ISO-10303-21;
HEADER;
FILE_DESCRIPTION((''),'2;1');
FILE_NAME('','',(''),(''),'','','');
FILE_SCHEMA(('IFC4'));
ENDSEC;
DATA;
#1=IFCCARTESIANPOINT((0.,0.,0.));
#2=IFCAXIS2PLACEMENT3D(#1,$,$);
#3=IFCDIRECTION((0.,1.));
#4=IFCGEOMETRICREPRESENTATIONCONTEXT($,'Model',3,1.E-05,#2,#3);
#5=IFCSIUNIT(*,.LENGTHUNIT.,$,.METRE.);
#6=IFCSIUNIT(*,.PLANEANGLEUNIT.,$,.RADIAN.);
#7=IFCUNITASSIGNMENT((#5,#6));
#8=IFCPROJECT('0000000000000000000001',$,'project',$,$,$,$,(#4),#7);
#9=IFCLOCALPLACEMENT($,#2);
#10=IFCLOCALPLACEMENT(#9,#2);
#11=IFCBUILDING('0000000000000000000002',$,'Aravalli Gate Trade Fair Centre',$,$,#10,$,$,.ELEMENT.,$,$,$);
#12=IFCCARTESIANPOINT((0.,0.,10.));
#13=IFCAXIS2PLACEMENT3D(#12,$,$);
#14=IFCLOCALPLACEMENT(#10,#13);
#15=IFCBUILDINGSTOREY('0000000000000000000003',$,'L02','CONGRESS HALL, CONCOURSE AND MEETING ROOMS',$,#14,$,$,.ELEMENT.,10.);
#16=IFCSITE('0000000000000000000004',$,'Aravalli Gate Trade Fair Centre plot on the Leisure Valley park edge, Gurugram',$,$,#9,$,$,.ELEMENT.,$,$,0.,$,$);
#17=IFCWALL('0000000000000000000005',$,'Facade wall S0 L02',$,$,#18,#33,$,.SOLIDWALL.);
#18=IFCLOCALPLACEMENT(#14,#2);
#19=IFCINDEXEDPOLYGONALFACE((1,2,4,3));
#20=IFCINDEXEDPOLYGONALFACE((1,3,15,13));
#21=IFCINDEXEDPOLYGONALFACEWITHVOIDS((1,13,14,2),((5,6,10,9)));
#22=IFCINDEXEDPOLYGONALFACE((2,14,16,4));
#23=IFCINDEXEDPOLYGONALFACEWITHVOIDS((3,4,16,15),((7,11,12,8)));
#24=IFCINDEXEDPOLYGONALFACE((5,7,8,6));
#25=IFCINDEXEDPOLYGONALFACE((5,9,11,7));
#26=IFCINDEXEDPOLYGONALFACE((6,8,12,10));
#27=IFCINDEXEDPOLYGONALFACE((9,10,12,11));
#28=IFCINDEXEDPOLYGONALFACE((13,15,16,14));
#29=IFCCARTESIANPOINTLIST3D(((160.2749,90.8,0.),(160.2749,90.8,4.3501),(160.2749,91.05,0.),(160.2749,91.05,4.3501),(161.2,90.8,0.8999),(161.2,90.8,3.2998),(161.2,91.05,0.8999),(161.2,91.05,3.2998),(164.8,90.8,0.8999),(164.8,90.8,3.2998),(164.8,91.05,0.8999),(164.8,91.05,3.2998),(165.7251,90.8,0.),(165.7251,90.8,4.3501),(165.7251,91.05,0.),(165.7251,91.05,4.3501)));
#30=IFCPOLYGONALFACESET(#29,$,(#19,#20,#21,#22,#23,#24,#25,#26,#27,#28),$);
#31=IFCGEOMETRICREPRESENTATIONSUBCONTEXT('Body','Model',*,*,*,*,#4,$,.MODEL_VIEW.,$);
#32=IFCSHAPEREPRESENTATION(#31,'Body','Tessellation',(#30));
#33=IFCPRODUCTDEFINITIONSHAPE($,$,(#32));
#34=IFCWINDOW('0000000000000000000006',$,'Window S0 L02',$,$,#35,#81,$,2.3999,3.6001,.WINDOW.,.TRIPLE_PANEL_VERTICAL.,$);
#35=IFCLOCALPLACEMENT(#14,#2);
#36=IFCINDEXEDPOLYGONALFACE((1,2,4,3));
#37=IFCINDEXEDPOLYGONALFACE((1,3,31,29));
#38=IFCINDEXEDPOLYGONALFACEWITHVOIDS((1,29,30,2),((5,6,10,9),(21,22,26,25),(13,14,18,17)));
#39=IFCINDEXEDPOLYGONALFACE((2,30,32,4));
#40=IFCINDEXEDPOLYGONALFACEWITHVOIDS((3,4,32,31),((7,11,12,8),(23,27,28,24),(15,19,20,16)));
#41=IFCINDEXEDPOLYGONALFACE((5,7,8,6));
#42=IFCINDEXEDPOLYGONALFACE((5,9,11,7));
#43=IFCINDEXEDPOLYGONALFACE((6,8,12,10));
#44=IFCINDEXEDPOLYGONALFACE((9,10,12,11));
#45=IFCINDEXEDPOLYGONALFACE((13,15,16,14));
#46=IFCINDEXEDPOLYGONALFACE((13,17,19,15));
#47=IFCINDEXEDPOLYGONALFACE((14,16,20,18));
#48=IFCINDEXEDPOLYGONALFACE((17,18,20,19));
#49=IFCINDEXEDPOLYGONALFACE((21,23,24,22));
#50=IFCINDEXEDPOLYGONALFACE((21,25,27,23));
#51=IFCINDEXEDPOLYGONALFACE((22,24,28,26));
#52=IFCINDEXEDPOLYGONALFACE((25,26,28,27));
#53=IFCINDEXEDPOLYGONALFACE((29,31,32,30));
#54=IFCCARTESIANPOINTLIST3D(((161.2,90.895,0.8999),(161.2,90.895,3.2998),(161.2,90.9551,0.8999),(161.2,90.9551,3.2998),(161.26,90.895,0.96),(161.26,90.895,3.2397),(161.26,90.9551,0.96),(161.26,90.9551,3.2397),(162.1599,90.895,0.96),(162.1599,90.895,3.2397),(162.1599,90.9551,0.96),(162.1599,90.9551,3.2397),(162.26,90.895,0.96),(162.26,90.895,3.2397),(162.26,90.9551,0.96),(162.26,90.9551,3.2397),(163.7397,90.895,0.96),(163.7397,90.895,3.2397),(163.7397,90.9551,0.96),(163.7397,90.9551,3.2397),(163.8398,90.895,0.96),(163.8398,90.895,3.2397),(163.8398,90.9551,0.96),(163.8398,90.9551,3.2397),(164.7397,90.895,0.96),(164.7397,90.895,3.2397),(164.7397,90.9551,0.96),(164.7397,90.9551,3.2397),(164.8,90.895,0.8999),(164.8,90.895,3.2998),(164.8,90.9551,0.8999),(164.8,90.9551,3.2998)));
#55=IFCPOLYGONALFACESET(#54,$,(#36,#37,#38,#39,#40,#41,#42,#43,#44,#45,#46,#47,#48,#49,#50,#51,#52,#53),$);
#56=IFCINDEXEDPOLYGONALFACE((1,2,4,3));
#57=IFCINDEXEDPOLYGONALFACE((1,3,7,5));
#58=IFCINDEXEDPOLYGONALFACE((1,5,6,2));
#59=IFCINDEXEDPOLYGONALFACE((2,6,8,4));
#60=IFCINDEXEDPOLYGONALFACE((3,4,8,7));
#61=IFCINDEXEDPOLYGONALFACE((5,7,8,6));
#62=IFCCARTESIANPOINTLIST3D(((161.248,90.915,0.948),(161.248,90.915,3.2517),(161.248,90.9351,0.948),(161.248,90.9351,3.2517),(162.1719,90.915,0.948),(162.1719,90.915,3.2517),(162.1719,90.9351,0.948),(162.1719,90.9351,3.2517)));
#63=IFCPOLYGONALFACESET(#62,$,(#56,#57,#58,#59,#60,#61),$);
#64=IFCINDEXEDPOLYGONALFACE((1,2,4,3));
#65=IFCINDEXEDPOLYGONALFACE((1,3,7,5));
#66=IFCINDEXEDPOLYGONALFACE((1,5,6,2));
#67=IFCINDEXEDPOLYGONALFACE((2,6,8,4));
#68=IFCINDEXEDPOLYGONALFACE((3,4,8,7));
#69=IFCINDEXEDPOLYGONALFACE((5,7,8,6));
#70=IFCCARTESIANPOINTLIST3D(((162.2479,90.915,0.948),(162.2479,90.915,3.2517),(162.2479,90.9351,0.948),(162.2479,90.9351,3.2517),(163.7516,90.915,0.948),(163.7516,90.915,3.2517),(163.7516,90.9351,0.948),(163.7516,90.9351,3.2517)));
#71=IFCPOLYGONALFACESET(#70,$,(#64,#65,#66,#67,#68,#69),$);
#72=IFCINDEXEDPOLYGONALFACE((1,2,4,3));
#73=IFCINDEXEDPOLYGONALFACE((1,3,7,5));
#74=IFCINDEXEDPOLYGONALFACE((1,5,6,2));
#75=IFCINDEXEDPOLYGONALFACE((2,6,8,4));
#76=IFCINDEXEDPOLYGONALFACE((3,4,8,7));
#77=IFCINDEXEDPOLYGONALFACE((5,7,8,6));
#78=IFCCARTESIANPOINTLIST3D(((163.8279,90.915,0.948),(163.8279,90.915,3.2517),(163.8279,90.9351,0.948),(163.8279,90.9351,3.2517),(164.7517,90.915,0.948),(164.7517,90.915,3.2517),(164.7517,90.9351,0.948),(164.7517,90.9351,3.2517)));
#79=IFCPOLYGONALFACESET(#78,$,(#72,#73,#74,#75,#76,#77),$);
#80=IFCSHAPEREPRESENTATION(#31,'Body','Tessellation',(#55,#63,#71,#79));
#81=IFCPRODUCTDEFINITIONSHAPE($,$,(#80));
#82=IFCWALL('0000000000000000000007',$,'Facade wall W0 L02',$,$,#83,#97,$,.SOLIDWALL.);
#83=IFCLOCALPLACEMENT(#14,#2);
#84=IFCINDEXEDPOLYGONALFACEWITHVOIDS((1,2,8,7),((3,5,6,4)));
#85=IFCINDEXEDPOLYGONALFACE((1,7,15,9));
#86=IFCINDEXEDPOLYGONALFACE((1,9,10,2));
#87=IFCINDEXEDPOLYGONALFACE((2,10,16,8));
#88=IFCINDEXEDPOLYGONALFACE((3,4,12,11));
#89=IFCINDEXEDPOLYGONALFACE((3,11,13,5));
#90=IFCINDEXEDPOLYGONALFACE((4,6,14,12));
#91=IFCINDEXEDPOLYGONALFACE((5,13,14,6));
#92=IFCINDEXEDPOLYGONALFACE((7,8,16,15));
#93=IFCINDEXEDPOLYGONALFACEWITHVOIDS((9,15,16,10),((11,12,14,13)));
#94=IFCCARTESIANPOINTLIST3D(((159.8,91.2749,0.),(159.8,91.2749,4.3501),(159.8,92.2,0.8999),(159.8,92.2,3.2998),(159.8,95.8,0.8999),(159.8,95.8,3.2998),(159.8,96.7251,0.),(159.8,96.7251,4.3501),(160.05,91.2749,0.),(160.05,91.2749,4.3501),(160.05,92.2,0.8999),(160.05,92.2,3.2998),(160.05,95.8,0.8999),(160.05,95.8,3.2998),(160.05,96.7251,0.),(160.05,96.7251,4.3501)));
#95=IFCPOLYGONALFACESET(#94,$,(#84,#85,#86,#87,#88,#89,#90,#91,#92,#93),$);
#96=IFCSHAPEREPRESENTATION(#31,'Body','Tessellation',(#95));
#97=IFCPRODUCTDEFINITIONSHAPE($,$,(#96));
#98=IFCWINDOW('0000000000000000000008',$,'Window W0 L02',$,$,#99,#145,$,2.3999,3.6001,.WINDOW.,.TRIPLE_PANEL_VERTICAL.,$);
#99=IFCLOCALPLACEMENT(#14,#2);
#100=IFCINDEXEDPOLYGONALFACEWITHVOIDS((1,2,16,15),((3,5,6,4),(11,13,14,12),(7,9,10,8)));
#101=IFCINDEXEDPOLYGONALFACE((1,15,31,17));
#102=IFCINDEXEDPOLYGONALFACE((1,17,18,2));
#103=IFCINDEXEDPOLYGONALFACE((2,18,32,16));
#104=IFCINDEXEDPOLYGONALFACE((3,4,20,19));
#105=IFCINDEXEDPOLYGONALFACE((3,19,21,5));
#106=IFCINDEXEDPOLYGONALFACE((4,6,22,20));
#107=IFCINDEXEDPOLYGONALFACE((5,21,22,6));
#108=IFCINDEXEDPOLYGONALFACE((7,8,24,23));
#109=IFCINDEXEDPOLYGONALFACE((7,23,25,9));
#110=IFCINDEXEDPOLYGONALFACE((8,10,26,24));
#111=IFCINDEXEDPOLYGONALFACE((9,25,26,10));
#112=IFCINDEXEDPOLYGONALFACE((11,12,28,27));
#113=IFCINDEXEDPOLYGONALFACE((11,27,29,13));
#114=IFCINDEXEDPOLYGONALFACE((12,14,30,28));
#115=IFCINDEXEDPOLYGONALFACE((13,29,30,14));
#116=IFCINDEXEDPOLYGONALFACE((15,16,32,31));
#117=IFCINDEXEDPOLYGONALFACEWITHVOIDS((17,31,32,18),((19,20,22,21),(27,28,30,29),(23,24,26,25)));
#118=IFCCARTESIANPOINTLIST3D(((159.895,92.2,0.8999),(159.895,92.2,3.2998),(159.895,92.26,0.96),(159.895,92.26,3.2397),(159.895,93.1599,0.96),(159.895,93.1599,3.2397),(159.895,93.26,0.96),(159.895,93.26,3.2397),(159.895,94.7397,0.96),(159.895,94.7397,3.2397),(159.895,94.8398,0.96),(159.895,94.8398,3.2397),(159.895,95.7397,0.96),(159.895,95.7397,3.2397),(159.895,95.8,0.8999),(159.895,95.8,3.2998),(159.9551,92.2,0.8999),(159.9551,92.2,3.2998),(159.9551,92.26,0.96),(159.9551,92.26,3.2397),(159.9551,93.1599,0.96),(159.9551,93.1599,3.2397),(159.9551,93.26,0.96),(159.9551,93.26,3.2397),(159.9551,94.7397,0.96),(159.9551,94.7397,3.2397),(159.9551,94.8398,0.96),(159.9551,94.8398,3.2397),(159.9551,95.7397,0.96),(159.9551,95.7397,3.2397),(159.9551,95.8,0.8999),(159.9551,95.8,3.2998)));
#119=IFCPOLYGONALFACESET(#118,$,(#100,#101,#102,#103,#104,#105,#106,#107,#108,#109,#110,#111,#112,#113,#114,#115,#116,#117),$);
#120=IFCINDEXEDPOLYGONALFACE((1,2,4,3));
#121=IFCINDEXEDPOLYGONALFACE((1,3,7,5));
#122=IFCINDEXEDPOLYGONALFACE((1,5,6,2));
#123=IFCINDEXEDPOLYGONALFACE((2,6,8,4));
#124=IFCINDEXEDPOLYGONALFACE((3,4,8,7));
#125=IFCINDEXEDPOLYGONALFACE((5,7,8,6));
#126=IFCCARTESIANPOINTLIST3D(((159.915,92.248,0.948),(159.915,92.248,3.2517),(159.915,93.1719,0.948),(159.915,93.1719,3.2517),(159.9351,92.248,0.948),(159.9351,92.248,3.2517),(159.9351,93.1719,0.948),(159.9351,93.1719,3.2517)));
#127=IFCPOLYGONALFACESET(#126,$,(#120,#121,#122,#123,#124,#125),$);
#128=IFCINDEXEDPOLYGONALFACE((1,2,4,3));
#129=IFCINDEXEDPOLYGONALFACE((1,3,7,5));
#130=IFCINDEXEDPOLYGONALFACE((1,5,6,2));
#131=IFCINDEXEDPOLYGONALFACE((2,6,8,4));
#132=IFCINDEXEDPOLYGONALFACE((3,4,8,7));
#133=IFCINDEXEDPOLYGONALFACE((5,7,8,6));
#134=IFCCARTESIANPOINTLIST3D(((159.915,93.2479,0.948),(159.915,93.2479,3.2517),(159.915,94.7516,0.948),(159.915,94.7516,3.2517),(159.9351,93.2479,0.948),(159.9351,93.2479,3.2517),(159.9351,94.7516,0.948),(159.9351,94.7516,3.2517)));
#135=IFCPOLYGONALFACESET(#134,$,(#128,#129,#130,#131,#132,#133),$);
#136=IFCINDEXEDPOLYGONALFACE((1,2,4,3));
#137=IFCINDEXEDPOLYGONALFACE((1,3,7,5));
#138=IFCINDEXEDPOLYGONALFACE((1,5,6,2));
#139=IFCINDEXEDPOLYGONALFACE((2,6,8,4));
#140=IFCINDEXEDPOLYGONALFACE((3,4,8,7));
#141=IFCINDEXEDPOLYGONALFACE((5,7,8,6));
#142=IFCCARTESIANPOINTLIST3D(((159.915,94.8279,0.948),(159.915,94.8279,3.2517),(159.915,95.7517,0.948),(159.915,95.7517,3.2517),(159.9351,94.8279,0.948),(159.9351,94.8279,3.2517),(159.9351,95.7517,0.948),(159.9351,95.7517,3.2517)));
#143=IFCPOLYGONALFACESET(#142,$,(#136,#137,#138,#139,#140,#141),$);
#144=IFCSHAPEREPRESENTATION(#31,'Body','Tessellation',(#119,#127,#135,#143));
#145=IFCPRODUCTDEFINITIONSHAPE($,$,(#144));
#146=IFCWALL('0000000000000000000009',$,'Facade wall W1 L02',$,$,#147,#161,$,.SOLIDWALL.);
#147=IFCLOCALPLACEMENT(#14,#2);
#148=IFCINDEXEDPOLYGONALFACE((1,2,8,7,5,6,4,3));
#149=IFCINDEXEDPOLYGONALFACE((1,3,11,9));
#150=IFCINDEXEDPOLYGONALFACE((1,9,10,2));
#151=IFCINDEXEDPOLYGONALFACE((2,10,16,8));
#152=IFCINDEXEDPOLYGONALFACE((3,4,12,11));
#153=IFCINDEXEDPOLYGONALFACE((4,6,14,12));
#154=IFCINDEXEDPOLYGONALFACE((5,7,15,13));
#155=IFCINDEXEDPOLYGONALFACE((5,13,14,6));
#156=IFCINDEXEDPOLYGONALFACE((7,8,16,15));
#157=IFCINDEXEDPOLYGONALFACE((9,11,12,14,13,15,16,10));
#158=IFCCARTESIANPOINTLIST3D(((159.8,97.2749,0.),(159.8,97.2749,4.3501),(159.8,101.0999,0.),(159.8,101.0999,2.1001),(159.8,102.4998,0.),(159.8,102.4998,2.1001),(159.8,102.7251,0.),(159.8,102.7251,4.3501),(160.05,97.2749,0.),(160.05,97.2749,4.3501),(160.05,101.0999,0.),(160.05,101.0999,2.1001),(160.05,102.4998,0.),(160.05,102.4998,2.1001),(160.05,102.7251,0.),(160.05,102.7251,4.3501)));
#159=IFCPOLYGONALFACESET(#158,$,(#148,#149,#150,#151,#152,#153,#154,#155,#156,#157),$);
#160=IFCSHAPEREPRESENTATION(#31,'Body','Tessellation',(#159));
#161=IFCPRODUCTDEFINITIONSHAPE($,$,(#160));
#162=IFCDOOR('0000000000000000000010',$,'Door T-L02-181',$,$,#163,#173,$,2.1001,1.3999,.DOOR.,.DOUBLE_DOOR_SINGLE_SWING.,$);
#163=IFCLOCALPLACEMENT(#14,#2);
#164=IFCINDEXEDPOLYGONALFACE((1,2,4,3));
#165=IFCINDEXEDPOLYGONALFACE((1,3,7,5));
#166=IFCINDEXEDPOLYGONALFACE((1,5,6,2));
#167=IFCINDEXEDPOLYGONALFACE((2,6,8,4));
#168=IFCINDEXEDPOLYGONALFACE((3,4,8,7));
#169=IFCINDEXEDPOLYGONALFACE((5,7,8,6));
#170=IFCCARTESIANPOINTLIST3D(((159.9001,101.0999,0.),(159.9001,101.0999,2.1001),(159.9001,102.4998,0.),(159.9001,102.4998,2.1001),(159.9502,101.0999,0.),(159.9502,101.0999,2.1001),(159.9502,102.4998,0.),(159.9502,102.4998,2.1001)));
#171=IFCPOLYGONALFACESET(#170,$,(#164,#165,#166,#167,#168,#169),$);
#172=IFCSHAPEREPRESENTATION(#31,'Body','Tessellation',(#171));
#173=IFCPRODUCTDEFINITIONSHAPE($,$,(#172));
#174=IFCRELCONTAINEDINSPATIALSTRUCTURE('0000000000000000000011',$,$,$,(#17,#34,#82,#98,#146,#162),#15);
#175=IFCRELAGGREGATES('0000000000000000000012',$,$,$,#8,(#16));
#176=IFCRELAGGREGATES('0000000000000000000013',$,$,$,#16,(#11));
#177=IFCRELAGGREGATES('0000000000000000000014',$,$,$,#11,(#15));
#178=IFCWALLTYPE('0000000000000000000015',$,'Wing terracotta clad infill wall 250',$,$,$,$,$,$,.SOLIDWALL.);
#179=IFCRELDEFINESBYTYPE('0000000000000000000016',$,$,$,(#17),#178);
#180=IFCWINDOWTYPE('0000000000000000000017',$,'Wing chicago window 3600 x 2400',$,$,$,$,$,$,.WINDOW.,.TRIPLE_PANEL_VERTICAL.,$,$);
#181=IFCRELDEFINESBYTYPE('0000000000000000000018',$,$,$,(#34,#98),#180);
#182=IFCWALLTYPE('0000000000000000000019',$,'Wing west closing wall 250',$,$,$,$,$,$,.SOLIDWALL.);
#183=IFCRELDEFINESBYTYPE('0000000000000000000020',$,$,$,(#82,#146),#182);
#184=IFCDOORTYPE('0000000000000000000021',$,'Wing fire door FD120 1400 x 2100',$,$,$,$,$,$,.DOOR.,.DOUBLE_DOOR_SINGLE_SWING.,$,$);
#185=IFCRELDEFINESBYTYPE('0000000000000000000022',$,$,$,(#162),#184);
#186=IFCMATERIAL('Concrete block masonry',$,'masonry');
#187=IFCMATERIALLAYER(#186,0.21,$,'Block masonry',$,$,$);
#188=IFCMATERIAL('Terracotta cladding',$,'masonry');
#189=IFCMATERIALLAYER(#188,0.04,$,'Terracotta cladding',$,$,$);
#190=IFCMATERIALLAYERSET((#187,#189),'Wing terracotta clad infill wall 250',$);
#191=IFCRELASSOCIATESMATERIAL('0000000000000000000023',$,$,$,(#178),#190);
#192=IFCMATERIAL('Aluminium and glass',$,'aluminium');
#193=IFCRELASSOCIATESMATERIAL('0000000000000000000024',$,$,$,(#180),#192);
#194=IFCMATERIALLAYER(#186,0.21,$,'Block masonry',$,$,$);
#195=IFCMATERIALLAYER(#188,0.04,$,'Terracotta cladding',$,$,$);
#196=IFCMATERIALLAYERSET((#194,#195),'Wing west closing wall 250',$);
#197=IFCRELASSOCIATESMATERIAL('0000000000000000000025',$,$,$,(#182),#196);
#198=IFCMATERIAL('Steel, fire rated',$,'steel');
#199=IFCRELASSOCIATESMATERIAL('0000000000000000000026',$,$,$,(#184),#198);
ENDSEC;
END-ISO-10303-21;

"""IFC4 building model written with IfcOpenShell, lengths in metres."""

from ifc_helpers import new_model, si_unit, direction, frame, frame_2d, origin, place, context, subcontext, project, spatial, polyline, rectangle, outline, extrude, material, layer, layer_set, type_object, element, fill, save


model = new_model("IFC4")

# Units and contexts
model_context = context("Model", 3, precision=1e-05, world=origin(), true_north=direction((0.0, 1.0)))
body_context = subcontext(model_context, "Body", "Model", "MODEL_VIEW")
ifc_project = project(units=[si_unit("LENGTHUNIT", "METRE"), si_unit("PLANEANGLEUNIT", "RADIAN")], contexts=[model_context])

# Site, building, storey
site_placement = place(None, origin())
site = spatial("IfcSite", under=ifc_project, at=site_placement, Name="Aravalli Gate Trade Fair Centre plot on the Leisure Valley park edge, Gurugram", CompositionType="ELEMENT", RefElevation=0.0)
building_placement = place(site_placement, origin())
building = spatial("IfcBuilding", under=site, at=building_placement, Name="Aravalli Gate Trade Fair Centre", CompositionType="ELEMENT")
storey_placement = place(building_placement, frame((0.0, 0.0, 10.0)))
storey = spatial("IfcBuildingStorey", under=building, at=storey_placement, Name="L02", Description="CONGRESS HALL, CONCOURSE AND MEETING ROOMS", CompositionType="ELEMENT", Elevation=10.0)

# Walls, openings, windows
ifc_material_1 = material(Name="Concrete block masonry", Category="masonry")
ifc_layer_1 = layer(ifc_material_1, 0.21, Name="Block masonry")
ifc_material_2 = material(Name="Terracotta cladding", Category="masonry")
ifc_layer_2 = layer(ifc_material_2, 0.04, Name="Terracotta cladding")
ifc_layer_set_1 = layer_set([ifc_layer_1, ifc_layer_2], Name="Wing terracotta clad infill wall 250")
wall_type_1 = type_object("IfcWallType", Name="Wing terracotta clad infill wall 250", PredefinedType="SOLIDWALL", material=ifc_layer_set_1)
wall_1_placement = place(storey_placement, frame((160.2749, 90.925, 0.0), z_axis=(0.0, 0.0, 1.0), x_axis=(1.0, 0.0, 0.0)))
wall_1 = element("IfcWall", 1, at=wall_1_placement, inside=storey, type_object=wall_type_1, Name="Facade wall S0 L02", PredefinedType="SOLIDWALL", context=body_context, shape_type="SweptSolid", body=[
    extrude(rectangle(XDim=5.4502, YDim=0.25, at=frame_2d((2.7251, 0.0))), origin(), (0.0, 0.0, 1.0), 4.3501),
])
opening_1_placement = place(wall_1_placement, frame((0.925, 0.0, 0.8999)))
opening_1 = element("IfcOpeningElement", 2, at=opening_1_placement, cuts=wall_1, PredefinedType="OPENING", context=body_context, shape_type="SweptSolid", body=[
    extrude(rectangle(XDim=3.6001, YDim=2.3999, at=frame_2d((1.8, 1.2))), frame((0.0, 0.135, 0.0), z_axis=(0.0, -1.0, 0.0), x_axis=(1.0, 0.0, 0.0)), (0.0, 0.0, 1.0), 0.27),
])
ifc_material_3 = material(Name="Aluminium and glass", Category="aluminium")
window_type = type_object("IfcWindowType", Name="Wing chicago window 3600 x 2400", PartitioningType="TRIPLE_PANEL_VERTICAL", PredefinedType="WINDOW", material=ifc_material_3)
window_1_placement = place(opening_1_placement, origin())
window_1 = element("IfcWindow", 3, at=window_1_placement, inside=storey, type_object=window_type, Name="Window S0 L02", OverallHeight=2.3999, OverallWidth=3.6001, PartitioningType="TRIPLE_PANEL_VERTICAL", PredefinedType="WINDOW", context=body_context, shape_type="SweptSolid", body=[
    extrude(outline(polyline([(0.0, 0.0), (3.6001, 0.0), (3.6001, 2.3999), (0.0, 2.3999), (0.0, 0.0)]), holes=[polyline([(0.0601, 0.0601), (0.96, 0.0601), (0.96, 2.3398), (0.0601, 2.3398), (0.0601, 0.0601)]), polyline([(1.0601, 0.0601), (2.5398, 0.0601), (2.5398, 2.3398), (1.0601, 2.3398), (1.0601, 0.0601)]), polyline([(2.6399, 0.0601), (3.5398, 0.0601), (3.5398, 2.3398), (2.6399, 2.3398), (2.6399, 0.0601)])]), frame((0.0, 0.03, 0.0), z_axis=(0.0, -1.0, 0.0), x_axis=(1.0, 0.0, 0.0)), (0.0, 0.0, 1.0), 0.0601),
    extrude(rectangle(XDim=0.9238, YDim=2.3037, at=frame_2d((0.51, 1.2))), frame((0.0, 0.01, 0.0), z_axis=(0.0, -1.0, 0.0), x_axis=(1.0, 0.0, 0.0)), (0.0, 0.0, 1.0), 0.02),
    extrude(rectangle(XDim=1.5037, YDim=2.3037, at=frame_2d((1.7998, 1.2))), frame((0.0, 0.01, 0.0), z_axis=(0.0, -1.0, 0.0), x_axis=(1.0, 0.0, 0.0)), (0.0, 0.0, 1.0), 0.02),
    extrude(rectangle(XDim=0.9238, YDim=2.3037, at=frame_2d((3.0898, 1.2))), frame((0.0, 0.01, 0.0), z_axis=(0.0, -1.0, 0.0), x_axis=(1.0, 0.0, 0.0)), (0.0, 0.0, 1.0), 0.02),
])
fill(opening_1, window_1)
ifc_layer_3 = layer(ifc_material_1, 0.21, Name="Block masonry")
ifc_layer_4 = layer(ifc_material_2, 0.04, Name="Terracotta cladding")
ifc_layer_set_2 = layer_set([ifc_layer_3, ifc_layer_4], Name="Wing west closing wall 250")
wall_type_2 = type_object("IfcWallType", Name="Wing west closing wall 250", PredefinedType="SOLIDWALL", material=ifc_layer_set_2)
wall_2_placement = place(storey_placement, frame((159.925, 91.2749, 0.0), z_axis=(0.0, 0.0, 1.0), x_axis=(0.0, 1.0, 0.0)))
wall_2 = element("IfcWall", 4, at=wall_2_placement, inside=storey, type_object=wall_type_2, Name="Facade wall W0 L02", PredefinedType="SOLIDWALL", context=body_context, shape_type="SweptSolid", body=[
    extrude(rectangle(XDim=5.4502, YDim=0.25, at=frame_2d((2.7251, 0.0))), origin(), (0.0, 0.0, 1.0), 4.3501),
])
opening_2_placement = place(wall_2_placement, frame((0.925, 0.0, 0.8999)))
opening_2 = element("IfcOpeningElement", 5, at=opening_2_placement, cuts=wall_2, PredefinedType="OPENING", context=body_context, shape_type="SweptSolid", body=[
    extrude(rectangle(XDim=3.6001, YDim=2.3999, at=frame_2d((1.8, 1.2))), frame((0.0, 0.135, 0.0), z_axis=(0.0, -1.0, 0.0), x_axis=(1.0, 0.0, 0.0)), (0.0, 0.0, 1.0), 0.27),
])
window_2_placement = place(opening_2_placement, origin())
window_2 = element("IfcWindow", 6, at=window_2_placement, inside=storey, type_object=window_type, Name="Window W0 L02", OverallHeight=2.3999, OverallWidth=3.6001, PartitioningType="TRIPLE_PANEL_VERTICAL", PredefinedType="WINDOW", context=body_context, shape_type="SweptSolid", body=[
    extrude(outline(polyline([(0.0, 0.0), (3.6001, 0.0), (3.6001, 2.3999), (0.0, 2.3999), (0.0, 0.0)]), holes=[polyline([(0.0601, 0.0601), (0.96, 0.0601), (0.96, 2.3398), (0.0601, 2.3398), (0.0601, 0.0601)]), polyline([(1.0601, 0.0601), (2.5398, 0.0601), (2.5398, 2.3398), (1.0601, 2.3398), (1.0601, 0.0601)]), polyline([(2.6399, 0.0601), (3.5398, 0.0601), (3.5398, 2.3398), (2.6399, 2.3398), (2.6399, 0.0601)])]), frame((0.0, 0.03, 0.0), z_axis=(0.0, -1.0, 0.0), x_axis=(1.0, 0.0, 0.0)), (0.0, 0.0, 1.0), 0.0601),
    extrude(rectangle(XDim=0.9238, YDim=2.3037, at=frame_2d((0.51, 1.2))), frame((0.0, 0.01, 0.0), z_axis=(0.0, -1.0, 0.0), x_axis=(1.0, 0.0, 0.0)), (0.0, 0.0, 1.0), 0.02),
    extrude(rectangle(XDim=1.5037, YDim=2.3037, at=frame_2d((1.7998, 1.2))), frame((0.0, 0.01, 0.0), z_axis=(0.0, -1.0, 0.0), x_axis=(1.0, 0.0, 0.0)), (0.0, 0.0, 1.0), 0.02),
    extrude(rectangle(XDim=0.9238, YDim=2.3037, at=frame_2d((3.0898, 1.2))), frame((0.0, 0.01, 0.0), z_axis=(0.0, -1.0, 0.0), x_axis=(1.0, 0.0, 0.0)), (0.0, 0.0, 1.0), 0.02),
])
fill(opening_2, window_2)

# Wall, opening, door
wall_3_placement = place(storey_placement, frame((159.925, 97.2749, 0.0), z_axis=(0.0, 0.0, 1.0), x_axis=(0.0, 1.0, 0.0)))
wall_3 = element("IfcWall", 7, at=wall_3_placement, inside=storey, type_object=wall_type_2, Name="Facade wall W1 L02", PredefinedType="SOLIDWALL", context=body_context, shape_type="SweptSolid", body=[
    extrude(rectangle(XDim=5.4502, YDim=0.25, at=frame_2d((2.7251, 0.0))), origin(), (0.0, 0.0, 1.0), 4.3501),
])
opening_3_placement = place(wall_3_placement, frame((3.825, 0.0, 0.0)))
opening_3 = element("IfcOpeningElement", 8, at=opening_3_placement, cuts=wall_3, PredefinedType="OPENING", context=body_context, shape_type="SweptSolid", body=[
    extrude(rectangle(XDim=1.3999, YDim=2.1001, at=frame_2d((0.7, 1.05))), frame((0.0, 0.135, 0.0), z_axis=(0.0, -1.0, 0.0), x_axis=(1.0, 0.0, 0.0)), (0.0, 0.0, 1.0), 0.27),
])
ifc_material_4 = material(Name="Steel, fire rated", Category="steel")
door_type = type_object("IfcDoorType", Name="Wing fire door FD120 1400 x 2100", OperationType="DOUBLE_DOOR_SINGLE_SWING", PredefinedType="DOOR", material=ifc_material_4)
door_placement = place(opening_3_placement, origin())
door = element("IfcDoor", 9, at=door_placement, inside=storey, type_object=door_type, Name="Door T-L02-181", OperationType="DOUBLE_DOOR_SINGLE_SWING", OverallHeight=2.1001, OverallWidth=1.3999, PredefinedType="DOOR", context=body_context, shape_type="SweptSolid", body=[
    extrude(rectangle(XDim=1.3999, YDim=2.1001, at=frame_2d((0.7, 1.05))), frame((0.0, 0.0249, 0.0), z_axis=(0.0, -1.0, 0.0), x_axis=(1.0, 0.0, 0.0)), (0.0, 0.0, 1.0), 0.05),
])
fill(opening_3, door)

save(model, "model.ifc")
